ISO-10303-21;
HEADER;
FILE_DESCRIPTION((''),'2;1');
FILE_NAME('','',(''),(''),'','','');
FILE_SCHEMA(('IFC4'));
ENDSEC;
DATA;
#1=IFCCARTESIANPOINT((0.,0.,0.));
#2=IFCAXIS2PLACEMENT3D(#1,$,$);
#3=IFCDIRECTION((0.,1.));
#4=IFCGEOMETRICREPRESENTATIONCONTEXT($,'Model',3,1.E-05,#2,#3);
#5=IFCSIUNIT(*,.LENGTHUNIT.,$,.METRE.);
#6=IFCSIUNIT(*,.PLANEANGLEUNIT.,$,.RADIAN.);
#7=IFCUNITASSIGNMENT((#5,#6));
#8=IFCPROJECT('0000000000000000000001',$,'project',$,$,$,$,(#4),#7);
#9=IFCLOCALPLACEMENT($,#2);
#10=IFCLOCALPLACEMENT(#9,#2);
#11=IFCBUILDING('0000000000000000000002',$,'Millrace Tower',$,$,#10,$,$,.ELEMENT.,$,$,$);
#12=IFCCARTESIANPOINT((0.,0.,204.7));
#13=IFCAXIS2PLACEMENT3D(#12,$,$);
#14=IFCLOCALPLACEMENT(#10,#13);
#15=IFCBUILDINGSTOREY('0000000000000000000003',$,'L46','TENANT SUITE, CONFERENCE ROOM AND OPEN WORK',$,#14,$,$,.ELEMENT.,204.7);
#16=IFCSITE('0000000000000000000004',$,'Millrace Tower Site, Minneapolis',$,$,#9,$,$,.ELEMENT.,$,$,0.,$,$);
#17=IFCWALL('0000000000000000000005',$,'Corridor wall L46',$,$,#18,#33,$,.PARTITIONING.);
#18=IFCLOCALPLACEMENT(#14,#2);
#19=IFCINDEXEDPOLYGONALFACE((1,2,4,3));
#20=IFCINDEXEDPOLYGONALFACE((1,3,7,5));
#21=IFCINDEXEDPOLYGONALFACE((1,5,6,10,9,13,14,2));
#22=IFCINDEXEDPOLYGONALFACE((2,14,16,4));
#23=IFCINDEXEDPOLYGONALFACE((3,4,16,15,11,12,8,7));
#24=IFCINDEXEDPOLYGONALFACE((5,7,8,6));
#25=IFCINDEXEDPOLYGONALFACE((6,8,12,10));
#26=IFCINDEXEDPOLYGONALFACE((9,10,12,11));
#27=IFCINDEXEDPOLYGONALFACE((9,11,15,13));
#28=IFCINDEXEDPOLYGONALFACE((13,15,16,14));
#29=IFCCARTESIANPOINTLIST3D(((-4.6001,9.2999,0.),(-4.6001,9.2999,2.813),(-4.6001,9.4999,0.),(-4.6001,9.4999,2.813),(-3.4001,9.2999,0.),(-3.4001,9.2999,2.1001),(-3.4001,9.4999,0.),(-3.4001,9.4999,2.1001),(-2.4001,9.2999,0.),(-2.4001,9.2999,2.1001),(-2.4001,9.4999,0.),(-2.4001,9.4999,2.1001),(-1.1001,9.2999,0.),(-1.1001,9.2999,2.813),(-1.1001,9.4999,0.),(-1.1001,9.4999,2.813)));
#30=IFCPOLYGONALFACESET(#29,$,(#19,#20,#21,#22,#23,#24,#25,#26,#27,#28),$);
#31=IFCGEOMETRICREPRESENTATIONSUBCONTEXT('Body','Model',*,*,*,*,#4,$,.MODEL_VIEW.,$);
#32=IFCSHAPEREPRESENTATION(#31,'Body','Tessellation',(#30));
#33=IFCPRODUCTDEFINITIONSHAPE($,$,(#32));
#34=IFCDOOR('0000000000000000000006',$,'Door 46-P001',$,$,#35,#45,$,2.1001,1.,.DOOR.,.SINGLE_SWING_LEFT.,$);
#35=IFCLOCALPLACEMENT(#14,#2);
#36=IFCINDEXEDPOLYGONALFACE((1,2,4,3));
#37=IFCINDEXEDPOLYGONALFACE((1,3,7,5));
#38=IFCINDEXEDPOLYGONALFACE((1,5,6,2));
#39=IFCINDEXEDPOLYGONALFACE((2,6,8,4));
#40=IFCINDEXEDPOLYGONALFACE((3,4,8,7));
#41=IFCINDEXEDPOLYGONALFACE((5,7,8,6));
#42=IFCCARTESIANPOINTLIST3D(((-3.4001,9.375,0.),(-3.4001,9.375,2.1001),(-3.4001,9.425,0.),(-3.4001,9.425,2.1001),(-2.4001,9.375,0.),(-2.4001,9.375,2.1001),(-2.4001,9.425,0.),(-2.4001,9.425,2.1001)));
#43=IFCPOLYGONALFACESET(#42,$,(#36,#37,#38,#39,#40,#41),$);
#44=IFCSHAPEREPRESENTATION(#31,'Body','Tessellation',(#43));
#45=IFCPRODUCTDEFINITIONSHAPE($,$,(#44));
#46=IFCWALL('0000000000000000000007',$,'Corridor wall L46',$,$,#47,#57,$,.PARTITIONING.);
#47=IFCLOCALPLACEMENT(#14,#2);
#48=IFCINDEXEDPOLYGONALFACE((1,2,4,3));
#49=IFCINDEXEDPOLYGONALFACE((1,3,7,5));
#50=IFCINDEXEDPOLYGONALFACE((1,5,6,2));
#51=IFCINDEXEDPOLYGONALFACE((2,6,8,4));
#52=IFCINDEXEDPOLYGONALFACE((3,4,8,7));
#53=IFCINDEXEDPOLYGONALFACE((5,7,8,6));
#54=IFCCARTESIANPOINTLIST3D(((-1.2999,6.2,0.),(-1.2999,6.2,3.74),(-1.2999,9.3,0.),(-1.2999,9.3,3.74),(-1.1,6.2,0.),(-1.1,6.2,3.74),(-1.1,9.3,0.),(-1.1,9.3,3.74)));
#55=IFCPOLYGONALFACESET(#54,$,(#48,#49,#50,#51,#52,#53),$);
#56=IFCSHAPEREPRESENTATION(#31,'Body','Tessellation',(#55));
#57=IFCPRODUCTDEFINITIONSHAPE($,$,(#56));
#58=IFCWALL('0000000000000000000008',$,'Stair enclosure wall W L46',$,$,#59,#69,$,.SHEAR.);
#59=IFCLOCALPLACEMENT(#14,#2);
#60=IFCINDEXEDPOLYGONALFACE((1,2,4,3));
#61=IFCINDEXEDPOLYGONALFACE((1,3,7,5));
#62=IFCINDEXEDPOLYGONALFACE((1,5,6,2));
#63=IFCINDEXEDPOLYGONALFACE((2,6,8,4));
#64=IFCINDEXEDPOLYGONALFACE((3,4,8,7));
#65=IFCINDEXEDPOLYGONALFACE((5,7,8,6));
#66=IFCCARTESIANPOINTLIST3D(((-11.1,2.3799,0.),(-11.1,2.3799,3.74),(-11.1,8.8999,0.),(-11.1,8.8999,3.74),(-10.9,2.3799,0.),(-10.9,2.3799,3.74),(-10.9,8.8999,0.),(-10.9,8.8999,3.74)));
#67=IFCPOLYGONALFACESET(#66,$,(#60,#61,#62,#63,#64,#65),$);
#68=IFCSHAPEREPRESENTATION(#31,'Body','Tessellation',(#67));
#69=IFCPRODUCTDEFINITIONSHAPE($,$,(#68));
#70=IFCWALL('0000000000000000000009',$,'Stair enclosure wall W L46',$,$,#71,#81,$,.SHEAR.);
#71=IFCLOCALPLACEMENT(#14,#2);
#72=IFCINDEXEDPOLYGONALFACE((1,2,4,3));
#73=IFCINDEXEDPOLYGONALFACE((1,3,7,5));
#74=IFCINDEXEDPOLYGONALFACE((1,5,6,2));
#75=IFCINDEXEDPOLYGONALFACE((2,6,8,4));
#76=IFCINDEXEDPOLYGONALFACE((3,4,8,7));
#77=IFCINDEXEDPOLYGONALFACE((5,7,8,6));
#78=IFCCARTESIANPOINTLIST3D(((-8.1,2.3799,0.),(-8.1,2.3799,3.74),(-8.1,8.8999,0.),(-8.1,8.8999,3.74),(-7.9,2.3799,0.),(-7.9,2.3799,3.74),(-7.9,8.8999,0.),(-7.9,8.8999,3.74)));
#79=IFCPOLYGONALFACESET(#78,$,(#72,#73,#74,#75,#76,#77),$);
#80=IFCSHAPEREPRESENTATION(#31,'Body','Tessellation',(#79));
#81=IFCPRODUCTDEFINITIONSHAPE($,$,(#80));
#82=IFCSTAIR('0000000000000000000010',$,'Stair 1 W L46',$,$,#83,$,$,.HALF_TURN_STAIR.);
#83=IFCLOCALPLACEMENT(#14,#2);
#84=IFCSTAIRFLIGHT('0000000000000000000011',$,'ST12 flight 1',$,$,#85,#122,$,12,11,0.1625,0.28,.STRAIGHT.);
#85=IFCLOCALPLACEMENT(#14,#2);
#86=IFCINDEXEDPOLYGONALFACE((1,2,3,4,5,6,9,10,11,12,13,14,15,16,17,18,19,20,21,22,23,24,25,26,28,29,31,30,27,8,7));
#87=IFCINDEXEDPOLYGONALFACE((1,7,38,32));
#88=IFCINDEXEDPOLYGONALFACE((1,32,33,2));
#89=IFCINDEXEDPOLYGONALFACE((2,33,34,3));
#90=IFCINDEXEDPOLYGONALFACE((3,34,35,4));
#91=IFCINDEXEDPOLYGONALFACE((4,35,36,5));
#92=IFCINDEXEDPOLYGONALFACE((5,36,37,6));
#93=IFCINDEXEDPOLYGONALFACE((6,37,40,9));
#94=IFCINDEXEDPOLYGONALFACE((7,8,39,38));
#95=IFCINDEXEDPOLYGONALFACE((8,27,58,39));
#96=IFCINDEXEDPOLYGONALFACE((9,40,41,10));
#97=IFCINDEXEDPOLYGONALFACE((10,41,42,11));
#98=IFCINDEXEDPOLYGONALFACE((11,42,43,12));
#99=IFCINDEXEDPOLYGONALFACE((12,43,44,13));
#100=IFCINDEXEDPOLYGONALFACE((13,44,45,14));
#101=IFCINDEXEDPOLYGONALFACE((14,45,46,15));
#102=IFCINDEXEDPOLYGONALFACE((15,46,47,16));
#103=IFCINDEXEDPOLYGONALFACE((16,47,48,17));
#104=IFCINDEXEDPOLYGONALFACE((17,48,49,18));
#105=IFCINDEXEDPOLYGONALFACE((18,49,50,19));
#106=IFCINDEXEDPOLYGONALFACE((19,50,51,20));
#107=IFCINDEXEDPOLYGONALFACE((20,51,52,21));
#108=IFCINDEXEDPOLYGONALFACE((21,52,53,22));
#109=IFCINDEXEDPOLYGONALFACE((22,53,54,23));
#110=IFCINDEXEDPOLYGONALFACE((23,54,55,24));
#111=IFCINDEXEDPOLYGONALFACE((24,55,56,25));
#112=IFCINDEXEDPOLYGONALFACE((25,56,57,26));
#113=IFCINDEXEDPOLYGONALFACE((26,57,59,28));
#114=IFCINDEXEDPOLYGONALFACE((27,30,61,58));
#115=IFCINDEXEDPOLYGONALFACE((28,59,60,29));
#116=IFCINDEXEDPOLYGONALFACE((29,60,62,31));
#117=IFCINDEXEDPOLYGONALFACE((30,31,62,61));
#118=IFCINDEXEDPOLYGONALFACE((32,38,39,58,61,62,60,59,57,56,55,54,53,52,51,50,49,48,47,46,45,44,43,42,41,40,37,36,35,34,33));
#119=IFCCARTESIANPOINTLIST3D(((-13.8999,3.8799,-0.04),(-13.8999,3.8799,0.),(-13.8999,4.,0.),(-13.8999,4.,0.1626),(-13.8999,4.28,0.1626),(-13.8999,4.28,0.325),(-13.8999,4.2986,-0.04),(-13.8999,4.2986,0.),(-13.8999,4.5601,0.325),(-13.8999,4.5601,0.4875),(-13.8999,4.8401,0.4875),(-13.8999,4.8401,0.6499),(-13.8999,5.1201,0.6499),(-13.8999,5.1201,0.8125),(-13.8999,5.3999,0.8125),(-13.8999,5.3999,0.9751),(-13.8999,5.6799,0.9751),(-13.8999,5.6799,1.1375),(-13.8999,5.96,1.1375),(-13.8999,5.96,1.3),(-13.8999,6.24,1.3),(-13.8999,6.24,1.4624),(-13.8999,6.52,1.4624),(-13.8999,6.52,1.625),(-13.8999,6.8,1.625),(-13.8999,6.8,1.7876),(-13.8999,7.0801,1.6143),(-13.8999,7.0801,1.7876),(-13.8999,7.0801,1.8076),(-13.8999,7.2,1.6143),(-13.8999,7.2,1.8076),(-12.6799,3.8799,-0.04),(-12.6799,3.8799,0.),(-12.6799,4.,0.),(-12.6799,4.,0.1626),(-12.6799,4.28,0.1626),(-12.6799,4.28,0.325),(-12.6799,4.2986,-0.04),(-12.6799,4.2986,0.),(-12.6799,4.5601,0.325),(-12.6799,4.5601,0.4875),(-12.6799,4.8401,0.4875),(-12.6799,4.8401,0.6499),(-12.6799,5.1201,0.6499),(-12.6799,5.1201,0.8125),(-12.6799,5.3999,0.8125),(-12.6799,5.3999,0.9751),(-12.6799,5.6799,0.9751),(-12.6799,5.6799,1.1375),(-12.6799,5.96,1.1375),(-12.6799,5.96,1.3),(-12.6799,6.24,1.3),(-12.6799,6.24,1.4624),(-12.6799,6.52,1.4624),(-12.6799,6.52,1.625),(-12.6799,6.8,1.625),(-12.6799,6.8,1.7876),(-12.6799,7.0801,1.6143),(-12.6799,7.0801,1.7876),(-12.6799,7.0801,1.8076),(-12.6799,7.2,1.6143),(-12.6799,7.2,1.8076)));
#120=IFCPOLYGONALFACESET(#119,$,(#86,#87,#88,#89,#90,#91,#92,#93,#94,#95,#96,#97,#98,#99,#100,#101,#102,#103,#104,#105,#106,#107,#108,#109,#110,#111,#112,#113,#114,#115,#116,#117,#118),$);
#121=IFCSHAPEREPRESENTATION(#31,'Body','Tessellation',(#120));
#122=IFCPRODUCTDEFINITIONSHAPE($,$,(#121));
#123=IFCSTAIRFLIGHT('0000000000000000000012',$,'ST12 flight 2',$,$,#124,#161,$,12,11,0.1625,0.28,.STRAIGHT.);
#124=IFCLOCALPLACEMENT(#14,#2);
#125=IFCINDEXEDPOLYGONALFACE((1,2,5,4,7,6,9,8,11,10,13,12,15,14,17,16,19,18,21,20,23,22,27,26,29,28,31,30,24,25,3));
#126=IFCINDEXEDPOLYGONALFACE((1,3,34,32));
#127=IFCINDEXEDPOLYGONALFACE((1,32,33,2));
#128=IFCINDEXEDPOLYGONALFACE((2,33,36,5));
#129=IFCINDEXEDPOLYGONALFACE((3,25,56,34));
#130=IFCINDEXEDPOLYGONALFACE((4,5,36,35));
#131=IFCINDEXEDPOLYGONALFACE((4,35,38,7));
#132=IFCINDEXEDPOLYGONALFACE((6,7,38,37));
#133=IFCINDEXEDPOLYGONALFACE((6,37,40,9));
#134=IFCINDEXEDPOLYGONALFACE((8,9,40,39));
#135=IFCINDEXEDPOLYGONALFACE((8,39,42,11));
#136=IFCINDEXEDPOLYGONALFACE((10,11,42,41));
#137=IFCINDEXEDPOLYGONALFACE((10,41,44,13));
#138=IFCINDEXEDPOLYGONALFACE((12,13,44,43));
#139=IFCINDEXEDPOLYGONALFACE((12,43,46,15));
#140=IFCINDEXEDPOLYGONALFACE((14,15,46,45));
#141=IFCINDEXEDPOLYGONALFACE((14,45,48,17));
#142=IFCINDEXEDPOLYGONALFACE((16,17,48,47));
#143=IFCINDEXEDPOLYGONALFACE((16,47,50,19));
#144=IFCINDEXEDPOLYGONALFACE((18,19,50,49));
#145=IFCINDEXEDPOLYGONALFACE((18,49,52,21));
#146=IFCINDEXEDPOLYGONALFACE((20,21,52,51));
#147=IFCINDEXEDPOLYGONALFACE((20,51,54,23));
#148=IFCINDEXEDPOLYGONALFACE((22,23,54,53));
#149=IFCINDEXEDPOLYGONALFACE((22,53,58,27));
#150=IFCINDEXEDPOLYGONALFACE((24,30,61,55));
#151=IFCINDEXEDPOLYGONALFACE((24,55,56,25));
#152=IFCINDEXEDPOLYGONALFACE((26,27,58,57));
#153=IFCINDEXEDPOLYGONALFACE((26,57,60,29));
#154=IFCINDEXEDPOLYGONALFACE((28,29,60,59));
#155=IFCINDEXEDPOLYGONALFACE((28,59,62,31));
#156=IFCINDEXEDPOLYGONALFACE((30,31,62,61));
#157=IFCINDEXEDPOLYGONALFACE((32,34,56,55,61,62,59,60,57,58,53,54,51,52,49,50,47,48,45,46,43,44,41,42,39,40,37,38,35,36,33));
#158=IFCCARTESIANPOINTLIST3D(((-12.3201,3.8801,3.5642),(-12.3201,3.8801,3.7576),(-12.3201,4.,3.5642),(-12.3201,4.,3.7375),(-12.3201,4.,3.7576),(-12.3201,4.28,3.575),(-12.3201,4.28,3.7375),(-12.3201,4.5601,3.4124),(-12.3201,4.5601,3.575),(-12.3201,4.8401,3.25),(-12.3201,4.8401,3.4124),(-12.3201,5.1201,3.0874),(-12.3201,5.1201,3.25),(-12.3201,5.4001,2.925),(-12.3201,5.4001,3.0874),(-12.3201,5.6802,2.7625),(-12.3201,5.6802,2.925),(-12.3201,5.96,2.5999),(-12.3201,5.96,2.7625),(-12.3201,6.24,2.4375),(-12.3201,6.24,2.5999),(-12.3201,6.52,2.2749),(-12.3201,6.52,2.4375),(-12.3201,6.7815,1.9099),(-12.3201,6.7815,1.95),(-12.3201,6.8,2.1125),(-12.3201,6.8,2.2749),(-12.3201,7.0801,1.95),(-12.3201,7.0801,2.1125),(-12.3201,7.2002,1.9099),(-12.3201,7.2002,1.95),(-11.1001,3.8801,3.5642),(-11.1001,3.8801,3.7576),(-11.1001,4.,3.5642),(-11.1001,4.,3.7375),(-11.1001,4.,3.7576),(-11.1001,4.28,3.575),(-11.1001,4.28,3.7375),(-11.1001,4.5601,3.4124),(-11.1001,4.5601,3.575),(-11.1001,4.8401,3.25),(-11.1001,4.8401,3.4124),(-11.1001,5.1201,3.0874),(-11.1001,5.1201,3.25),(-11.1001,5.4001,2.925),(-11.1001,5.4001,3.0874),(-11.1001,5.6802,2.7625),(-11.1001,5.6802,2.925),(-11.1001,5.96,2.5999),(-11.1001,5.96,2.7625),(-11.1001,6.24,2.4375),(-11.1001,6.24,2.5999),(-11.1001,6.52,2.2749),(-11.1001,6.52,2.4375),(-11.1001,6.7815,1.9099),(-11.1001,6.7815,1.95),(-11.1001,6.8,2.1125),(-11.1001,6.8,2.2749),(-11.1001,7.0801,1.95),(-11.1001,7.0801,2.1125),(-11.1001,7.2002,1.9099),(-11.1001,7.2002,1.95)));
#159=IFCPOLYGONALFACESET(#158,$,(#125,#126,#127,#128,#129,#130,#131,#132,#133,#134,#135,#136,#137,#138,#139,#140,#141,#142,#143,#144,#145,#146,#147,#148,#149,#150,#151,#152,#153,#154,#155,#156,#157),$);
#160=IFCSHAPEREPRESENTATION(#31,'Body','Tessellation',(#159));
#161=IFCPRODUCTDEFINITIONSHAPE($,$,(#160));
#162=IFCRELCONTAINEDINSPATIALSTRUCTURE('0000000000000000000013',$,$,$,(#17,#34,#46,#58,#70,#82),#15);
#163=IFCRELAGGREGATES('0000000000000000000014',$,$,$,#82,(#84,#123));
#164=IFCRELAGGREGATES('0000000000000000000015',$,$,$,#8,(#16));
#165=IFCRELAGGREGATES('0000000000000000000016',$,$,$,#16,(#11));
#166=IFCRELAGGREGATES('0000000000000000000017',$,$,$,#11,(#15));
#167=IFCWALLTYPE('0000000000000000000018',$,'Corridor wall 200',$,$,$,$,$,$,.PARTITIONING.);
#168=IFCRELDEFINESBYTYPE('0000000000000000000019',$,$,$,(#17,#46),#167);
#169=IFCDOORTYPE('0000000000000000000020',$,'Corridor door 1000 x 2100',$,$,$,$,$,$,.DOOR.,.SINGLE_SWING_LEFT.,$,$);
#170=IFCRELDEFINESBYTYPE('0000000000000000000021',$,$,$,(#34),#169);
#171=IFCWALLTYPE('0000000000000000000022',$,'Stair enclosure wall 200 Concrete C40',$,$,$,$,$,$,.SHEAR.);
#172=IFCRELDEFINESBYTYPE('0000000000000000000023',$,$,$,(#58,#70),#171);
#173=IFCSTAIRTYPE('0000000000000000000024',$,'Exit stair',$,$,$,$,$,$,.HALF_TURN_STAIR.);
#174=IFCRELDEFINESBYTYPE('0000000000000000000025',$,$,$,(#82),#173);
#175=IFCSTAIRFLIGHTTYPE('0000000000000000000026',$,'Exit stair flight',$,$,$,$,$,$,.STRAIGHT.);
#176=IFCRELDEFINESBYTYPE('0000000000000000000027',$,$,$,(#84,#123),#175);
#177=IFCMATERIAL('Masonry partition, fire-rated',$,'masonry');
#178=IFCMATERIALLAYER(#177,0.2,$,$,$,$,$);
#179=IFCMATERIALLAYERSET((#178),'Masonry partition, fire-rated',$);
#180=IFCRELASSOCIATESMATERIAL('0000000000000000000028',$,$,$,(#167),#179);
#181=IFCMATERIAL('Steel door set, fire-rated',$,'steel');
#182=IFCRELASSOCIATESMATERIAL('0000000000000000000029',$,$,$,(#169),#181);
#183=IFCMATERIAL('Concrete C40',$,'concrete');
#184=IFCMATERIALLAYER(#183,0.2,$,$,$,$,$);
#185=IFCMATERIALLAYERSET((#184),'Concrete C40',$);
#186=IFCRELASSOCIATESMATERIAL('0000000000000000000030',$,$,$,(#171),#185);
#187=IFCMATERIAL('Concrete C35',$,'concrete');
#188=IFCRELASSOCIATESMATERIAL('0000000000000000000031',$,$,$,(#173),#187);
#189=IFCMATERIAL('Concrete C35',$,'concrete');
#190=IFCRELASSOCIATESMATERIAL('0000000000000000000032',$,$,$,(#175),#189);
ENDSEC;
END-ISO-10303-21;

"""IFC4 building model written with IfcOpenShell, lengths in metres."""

from ifc_helpers import new_model, si_unit, direction, frame, frame_2d, origin, place, context, subcontext, project, spatial, polyline, rectangle, outline, extrude, material, layer, layer_set, type_object, element, fill, aggregate, save


model = new_model("IFC4")

# Units and contexts
model_context = context("Model", 3, precision=1e-05, world=origin(), true_north=direction((0.0, 1.0)))
body_context = subcontext(model_context, "Body", "Model", "MODEL_VIEW")
ifc_project = project(units=[si_unit("LENGTHUNIT", "METRE"), si_unit("PLANEANGLEUNIT", "RADIAN")], contexts=[model_context])

# Site, building, storey
site_placement = place(None, origin())
site = spatial("IfcSite", under=ifc_project, at=site_placement, Name="Millrace Tower Site, Minneapolis", CompositionType="ELEMENT", RefElevation=0.0)
building_placement = place(site_placement, origin())
building = spatial("IfcBuilding", under=site, at=building_placement, Name="Millrace Tower", CompositionType="ELEMENT")
storey_placement = place(building_placement, frame((0.0, 0.0, 204.7)))
storey = spatial("IfcBuildingStorey", under=building, at=storey_placement, Name="L46", Description="TENANT SUITE, CONFERENCE ROOM AND OPEN WORK", CompositionType="ELEMENT", Elevation=204.7)

# Shared definitions
ifc_material_1 = material(Name="Masonry partition, fire-rated", Category="masonry")
ifc_layer_1 = layer(ifc_material_1, 0.2)
ifc_layer_set_1 = layer_set([ifc_layer_1], Name="Masonry partition, fire-rated")
wall_type_1 = type_object("IfcWallType", Name="Corridor wall 200", PredefinedType="PARTITIONING", material=ifc_layer_set_1)

# Wall, opening, door
wall_1_placement = place(storey_placement, frame((-4.6001, 9.3999, 0.0), z_axis=(0.0, 0.0, 1.0), x_axis=(1.0, 0.0, 0.0)))
wall_1 = element("IfcWall", 1, at=wall_1_placement, inside=storey, type_object=wall_type_1, Name="Corridor wall L46", PredefinedType="PARTITIONING", context=body_context, shape_type="SweptSolid", body=[
    extrude(rectangle(XDim=3.5, YDim=0.2, at=frame_2d((1.75, 0.0))), origin(), (0.0, 0.0, 1.0), 2.813),
])
opening_placement = place(wall_1_placement, frame((1.2, 0.0, 0.0)))
opening = element("IfcOpeningElement", 2, at=opening_placement, cuts=wall_1, PredefinedType="OPENING", context=body_context, shape_type="SweptSolid", body=[
    extrude(rectangle(XDim=1.0, YDim=2.1001, at=frame_2d((0.5, 1.05))), frame((0.0, 0.1099, 0.0), z_axis=(0.0, -1.0, 0.0), x_axis=(1.0, 0.0, 0.0)), (0.0, 0.0, 1.0), 0.22),
])
ifc_material_2 = material(Name="Steel door set, fire-rated", Category="steel")
door_type = type_object("IfcDoorType", Name="Corridor door 1000 x 2100", OperationType="SINGLE_SWING_LEFT", PredefinedType="DOOR", material=ifc_material_2)
door_placement = place(opening_placement, frame((1.0, 0.0, 0.0), z_axis=(0.0, 0.0, 1.0), x_axis=(-1.0, 0.0, 0.0)))
door = element("IfcDoor", 3, at=door_placement, inside=storey, type_object=door_type, Name="Door 46-P001", OperationType="SINGLE_SWING_LEFT", OverallHeight=2.1001, OverallWidth=1.0, PredefinedType="DOOR", context=body_context, shape_type="SweptSolid", body=[
    extrude(rectangle(XDim=1.0, YDim=2.1001, at=frame_2d((0.5, 1.05))), frame((0.0, 0.0249, 0.0), z_axis=(0.0, -1.0, 0.0), x_axis=(1.0, 0.0, 0.0)), (0.0, 0.0, 1.0), 0.05),
])
fill(opening, door)

# Walls
wall_2_placement = place(storey_placement, frame((-1.2, 6.2, 0.0), z_axis=(0.0, 0.0, 1.0), x_axis=(0.0, 1.0, 0.0)))
element("IfcWall", 4, at=wall_2_placement, inside=storey, type_object=wall_type_1, Name="Corridor wall L46", PredefinedType="PARTITIONING", context=body_context, shape_type="SweptSolid", body=[
    extrude(rectangle(XDim=3.1001, YDim=0.2, at=frame_2d((1.55, 0.0))), origin(), (0.0, 0.0, 1.0), 3.74),
])
ifc_material_3 = material(Name="Concrete C40", Category="concrete")
ifc_layer_2 = layer(ifc_material_3, 0.2)
ifc_layer_set_2 = layer_set([ifc_layer_2], Name="Concrete C40")
wall_type_2 = type_object("IfcWallType", Name="Stair enclosure wall 200 Concrete C40", PredefinedType="SHEAR", material=ifc_layer_set_2)
for number, where, z_axis, x_axis, name in (
    (5, (-11.0, 2.3799, 0.0), (0.0, 0.0, 1.0), (0.0, 1.0, 0.0), "Stair enclosure wall W L46"),
    (6, (-8.0, 2.3799, 0.0), (0.0, 0.0, 1.0), (0.0, 1.0, 0.0), "Stair enclosure wall W L46"),
):
    element("IfcWall", number, at=place(storey_placement, frame(where, z_axis=z_axis, x_axis=x_axis)), inside=storey, type_object=wall_type_2, Name=name, PredefinedType="SHEAR", context=body_context, shape_type="SweptSolid", body=[
        extrude(rectangle(XDim=6.52, YDim=0.2, at=frame_2d((3.26, 0.0))), origin(), (0.0, 0.0, 1.0), 3.74),
    ])

# Stair, stair flights
ifc_material_4 = material(Name="Concrete C35", Category="concrete")
stair_type = type_object("IfcStairType", Name="Exit stair", PredefinedType="HALF_TURN_STAIR", material=ifc_material_4)
placement = place(storey_placement, origin())
stair_1 = element("IfcStair", 7, at=placement, inside=storey, type_object=stair_type, Name="Stair 1 W L46", PredefinedType="HALF_TURN_STAIR")
ifc_material_5 = material(Name="Concrete C35", Category="concrete")
stair_flight_type = type_object("IfcStairFlightType", Name="Exit stair flight", PredefinedType="STRAIGHT", material=ifc_material_5)
stair_flight_1_placement = place(storey_placement, frame((-13.29, 4.0, 0.0), z_axis=(0.0, 0.0, 1.0), x_axis=(0.0, 1.0, 0.0)))
stair_flight_1 = element("IfcStairFlight", 8, at=stair_flight_1_placement, type_object=stair_flight_type, Name="ST12 flight 1", NumberOfRisers=12, NumberOfTreads=11, PredefinedType="STRAIGHT", RiserHeight=0.1625, TreadLength=0.28, context=body_context, shape_type="SweptSolid", body=[
    extrude(outline(polyline([(-0.1201, -0.04), (-0.1201, 0.0), (0.0, 0.0), (0.0, 0.1626), (0.28, 0.1626), (0.28, 0.325), (0.5601, 0.325), (0.5601, 0.4875), (0.8401, 0.4875), (0.8401, 0.6499), (1.1201, 0.6499), (1.1201, 0.8125), (1.3999, 0.8125), (1.3999, 0.9751), (1.6799, 0.9751), (1.6799, 1.1375), (1.96, 1.1375), (1.96, 1.3), (2.24, 1.3), (2.24, 1.4624), (2.52, 1.4624), (2.52, 1.625), (2.8, 1.625), (2.8, 1.7876), (3.0801, 1.7876), (3.0801, 1.8076), (3.2, 1.8076), (3.2, 1.6143), (3.0801, 1.6143), (0.2986, 0.0), (0.2986, -0.04), (-0.1201, -0.04)])), frame((0.0, 0.6099, 0.0), z_axis=(0.0, -1.0, 0.0), x_axis=(1.0, 0.0, 0.0)), (0.0, 0.0, 1.0), 1.22),
])
stair_flight_2_placement = place(storey_placement, frame((-11.71, 7.0801, 1.95), z_axis=(0.0, 0.0, 1.0), x_axis=(0.0, -1.0, 0.0)))
stair_flight_2 = element("IfcStairFlight", 9, at=stair_flight_2_placement, type_object=stair_flight_type, Name="ST12 flight 2", NumberOfRisers=12, NumberOfTreads=11, PredefinedType="STRAIGHT", RiserHeight=0.1625, TreadLength=0.28, context=body_context, shape_type="SweptSolid", body=[
    extrude(outline(polyline([(-0.1201, -0.04), (-0.1201, 0.0), (0.0, 0.0), (0.0, 0.1626), (0.28, 0.1626), (0.28, 0.325), (0.5601, 0.325), (0.5601, 0.4875), (0.8401, 0.4875), (0.8401, 0.6499), (1.1201, 0.6499), (1.1201, 0.8125), (1.3999, 0.8125), (1.3999, 0.9751), (1.6799, 0.9751), (1.6799, 1.1375), (1.96, 1.1375), (1.96, 1.3), (2.24, 1.3), (2.24, 1.4624), (2.52, 1.4624), (2.52, 1.625), (2.8, 1.625), (2.8, 1.7876), (3.0801, 1.7876), (3.0801, 1.8076), (3.2, 1.8076), (3.2, 1.6143), (3.0801, 1.6143), (0.2986, 0.0), (0.2986, -0.04), (-0.1201, -0.04)])), frame((0.0, 0.6099, 0.0), z_axis=(0.0, -1.0, 0.0), x_axis=(1.0, 0.0, 0.0)), (0.0, 0.0, 1.0), 1.22),
])
aggregate(stair_1, [stair_flight_1, stair_flight_2])

save(model, "model.ifc")
